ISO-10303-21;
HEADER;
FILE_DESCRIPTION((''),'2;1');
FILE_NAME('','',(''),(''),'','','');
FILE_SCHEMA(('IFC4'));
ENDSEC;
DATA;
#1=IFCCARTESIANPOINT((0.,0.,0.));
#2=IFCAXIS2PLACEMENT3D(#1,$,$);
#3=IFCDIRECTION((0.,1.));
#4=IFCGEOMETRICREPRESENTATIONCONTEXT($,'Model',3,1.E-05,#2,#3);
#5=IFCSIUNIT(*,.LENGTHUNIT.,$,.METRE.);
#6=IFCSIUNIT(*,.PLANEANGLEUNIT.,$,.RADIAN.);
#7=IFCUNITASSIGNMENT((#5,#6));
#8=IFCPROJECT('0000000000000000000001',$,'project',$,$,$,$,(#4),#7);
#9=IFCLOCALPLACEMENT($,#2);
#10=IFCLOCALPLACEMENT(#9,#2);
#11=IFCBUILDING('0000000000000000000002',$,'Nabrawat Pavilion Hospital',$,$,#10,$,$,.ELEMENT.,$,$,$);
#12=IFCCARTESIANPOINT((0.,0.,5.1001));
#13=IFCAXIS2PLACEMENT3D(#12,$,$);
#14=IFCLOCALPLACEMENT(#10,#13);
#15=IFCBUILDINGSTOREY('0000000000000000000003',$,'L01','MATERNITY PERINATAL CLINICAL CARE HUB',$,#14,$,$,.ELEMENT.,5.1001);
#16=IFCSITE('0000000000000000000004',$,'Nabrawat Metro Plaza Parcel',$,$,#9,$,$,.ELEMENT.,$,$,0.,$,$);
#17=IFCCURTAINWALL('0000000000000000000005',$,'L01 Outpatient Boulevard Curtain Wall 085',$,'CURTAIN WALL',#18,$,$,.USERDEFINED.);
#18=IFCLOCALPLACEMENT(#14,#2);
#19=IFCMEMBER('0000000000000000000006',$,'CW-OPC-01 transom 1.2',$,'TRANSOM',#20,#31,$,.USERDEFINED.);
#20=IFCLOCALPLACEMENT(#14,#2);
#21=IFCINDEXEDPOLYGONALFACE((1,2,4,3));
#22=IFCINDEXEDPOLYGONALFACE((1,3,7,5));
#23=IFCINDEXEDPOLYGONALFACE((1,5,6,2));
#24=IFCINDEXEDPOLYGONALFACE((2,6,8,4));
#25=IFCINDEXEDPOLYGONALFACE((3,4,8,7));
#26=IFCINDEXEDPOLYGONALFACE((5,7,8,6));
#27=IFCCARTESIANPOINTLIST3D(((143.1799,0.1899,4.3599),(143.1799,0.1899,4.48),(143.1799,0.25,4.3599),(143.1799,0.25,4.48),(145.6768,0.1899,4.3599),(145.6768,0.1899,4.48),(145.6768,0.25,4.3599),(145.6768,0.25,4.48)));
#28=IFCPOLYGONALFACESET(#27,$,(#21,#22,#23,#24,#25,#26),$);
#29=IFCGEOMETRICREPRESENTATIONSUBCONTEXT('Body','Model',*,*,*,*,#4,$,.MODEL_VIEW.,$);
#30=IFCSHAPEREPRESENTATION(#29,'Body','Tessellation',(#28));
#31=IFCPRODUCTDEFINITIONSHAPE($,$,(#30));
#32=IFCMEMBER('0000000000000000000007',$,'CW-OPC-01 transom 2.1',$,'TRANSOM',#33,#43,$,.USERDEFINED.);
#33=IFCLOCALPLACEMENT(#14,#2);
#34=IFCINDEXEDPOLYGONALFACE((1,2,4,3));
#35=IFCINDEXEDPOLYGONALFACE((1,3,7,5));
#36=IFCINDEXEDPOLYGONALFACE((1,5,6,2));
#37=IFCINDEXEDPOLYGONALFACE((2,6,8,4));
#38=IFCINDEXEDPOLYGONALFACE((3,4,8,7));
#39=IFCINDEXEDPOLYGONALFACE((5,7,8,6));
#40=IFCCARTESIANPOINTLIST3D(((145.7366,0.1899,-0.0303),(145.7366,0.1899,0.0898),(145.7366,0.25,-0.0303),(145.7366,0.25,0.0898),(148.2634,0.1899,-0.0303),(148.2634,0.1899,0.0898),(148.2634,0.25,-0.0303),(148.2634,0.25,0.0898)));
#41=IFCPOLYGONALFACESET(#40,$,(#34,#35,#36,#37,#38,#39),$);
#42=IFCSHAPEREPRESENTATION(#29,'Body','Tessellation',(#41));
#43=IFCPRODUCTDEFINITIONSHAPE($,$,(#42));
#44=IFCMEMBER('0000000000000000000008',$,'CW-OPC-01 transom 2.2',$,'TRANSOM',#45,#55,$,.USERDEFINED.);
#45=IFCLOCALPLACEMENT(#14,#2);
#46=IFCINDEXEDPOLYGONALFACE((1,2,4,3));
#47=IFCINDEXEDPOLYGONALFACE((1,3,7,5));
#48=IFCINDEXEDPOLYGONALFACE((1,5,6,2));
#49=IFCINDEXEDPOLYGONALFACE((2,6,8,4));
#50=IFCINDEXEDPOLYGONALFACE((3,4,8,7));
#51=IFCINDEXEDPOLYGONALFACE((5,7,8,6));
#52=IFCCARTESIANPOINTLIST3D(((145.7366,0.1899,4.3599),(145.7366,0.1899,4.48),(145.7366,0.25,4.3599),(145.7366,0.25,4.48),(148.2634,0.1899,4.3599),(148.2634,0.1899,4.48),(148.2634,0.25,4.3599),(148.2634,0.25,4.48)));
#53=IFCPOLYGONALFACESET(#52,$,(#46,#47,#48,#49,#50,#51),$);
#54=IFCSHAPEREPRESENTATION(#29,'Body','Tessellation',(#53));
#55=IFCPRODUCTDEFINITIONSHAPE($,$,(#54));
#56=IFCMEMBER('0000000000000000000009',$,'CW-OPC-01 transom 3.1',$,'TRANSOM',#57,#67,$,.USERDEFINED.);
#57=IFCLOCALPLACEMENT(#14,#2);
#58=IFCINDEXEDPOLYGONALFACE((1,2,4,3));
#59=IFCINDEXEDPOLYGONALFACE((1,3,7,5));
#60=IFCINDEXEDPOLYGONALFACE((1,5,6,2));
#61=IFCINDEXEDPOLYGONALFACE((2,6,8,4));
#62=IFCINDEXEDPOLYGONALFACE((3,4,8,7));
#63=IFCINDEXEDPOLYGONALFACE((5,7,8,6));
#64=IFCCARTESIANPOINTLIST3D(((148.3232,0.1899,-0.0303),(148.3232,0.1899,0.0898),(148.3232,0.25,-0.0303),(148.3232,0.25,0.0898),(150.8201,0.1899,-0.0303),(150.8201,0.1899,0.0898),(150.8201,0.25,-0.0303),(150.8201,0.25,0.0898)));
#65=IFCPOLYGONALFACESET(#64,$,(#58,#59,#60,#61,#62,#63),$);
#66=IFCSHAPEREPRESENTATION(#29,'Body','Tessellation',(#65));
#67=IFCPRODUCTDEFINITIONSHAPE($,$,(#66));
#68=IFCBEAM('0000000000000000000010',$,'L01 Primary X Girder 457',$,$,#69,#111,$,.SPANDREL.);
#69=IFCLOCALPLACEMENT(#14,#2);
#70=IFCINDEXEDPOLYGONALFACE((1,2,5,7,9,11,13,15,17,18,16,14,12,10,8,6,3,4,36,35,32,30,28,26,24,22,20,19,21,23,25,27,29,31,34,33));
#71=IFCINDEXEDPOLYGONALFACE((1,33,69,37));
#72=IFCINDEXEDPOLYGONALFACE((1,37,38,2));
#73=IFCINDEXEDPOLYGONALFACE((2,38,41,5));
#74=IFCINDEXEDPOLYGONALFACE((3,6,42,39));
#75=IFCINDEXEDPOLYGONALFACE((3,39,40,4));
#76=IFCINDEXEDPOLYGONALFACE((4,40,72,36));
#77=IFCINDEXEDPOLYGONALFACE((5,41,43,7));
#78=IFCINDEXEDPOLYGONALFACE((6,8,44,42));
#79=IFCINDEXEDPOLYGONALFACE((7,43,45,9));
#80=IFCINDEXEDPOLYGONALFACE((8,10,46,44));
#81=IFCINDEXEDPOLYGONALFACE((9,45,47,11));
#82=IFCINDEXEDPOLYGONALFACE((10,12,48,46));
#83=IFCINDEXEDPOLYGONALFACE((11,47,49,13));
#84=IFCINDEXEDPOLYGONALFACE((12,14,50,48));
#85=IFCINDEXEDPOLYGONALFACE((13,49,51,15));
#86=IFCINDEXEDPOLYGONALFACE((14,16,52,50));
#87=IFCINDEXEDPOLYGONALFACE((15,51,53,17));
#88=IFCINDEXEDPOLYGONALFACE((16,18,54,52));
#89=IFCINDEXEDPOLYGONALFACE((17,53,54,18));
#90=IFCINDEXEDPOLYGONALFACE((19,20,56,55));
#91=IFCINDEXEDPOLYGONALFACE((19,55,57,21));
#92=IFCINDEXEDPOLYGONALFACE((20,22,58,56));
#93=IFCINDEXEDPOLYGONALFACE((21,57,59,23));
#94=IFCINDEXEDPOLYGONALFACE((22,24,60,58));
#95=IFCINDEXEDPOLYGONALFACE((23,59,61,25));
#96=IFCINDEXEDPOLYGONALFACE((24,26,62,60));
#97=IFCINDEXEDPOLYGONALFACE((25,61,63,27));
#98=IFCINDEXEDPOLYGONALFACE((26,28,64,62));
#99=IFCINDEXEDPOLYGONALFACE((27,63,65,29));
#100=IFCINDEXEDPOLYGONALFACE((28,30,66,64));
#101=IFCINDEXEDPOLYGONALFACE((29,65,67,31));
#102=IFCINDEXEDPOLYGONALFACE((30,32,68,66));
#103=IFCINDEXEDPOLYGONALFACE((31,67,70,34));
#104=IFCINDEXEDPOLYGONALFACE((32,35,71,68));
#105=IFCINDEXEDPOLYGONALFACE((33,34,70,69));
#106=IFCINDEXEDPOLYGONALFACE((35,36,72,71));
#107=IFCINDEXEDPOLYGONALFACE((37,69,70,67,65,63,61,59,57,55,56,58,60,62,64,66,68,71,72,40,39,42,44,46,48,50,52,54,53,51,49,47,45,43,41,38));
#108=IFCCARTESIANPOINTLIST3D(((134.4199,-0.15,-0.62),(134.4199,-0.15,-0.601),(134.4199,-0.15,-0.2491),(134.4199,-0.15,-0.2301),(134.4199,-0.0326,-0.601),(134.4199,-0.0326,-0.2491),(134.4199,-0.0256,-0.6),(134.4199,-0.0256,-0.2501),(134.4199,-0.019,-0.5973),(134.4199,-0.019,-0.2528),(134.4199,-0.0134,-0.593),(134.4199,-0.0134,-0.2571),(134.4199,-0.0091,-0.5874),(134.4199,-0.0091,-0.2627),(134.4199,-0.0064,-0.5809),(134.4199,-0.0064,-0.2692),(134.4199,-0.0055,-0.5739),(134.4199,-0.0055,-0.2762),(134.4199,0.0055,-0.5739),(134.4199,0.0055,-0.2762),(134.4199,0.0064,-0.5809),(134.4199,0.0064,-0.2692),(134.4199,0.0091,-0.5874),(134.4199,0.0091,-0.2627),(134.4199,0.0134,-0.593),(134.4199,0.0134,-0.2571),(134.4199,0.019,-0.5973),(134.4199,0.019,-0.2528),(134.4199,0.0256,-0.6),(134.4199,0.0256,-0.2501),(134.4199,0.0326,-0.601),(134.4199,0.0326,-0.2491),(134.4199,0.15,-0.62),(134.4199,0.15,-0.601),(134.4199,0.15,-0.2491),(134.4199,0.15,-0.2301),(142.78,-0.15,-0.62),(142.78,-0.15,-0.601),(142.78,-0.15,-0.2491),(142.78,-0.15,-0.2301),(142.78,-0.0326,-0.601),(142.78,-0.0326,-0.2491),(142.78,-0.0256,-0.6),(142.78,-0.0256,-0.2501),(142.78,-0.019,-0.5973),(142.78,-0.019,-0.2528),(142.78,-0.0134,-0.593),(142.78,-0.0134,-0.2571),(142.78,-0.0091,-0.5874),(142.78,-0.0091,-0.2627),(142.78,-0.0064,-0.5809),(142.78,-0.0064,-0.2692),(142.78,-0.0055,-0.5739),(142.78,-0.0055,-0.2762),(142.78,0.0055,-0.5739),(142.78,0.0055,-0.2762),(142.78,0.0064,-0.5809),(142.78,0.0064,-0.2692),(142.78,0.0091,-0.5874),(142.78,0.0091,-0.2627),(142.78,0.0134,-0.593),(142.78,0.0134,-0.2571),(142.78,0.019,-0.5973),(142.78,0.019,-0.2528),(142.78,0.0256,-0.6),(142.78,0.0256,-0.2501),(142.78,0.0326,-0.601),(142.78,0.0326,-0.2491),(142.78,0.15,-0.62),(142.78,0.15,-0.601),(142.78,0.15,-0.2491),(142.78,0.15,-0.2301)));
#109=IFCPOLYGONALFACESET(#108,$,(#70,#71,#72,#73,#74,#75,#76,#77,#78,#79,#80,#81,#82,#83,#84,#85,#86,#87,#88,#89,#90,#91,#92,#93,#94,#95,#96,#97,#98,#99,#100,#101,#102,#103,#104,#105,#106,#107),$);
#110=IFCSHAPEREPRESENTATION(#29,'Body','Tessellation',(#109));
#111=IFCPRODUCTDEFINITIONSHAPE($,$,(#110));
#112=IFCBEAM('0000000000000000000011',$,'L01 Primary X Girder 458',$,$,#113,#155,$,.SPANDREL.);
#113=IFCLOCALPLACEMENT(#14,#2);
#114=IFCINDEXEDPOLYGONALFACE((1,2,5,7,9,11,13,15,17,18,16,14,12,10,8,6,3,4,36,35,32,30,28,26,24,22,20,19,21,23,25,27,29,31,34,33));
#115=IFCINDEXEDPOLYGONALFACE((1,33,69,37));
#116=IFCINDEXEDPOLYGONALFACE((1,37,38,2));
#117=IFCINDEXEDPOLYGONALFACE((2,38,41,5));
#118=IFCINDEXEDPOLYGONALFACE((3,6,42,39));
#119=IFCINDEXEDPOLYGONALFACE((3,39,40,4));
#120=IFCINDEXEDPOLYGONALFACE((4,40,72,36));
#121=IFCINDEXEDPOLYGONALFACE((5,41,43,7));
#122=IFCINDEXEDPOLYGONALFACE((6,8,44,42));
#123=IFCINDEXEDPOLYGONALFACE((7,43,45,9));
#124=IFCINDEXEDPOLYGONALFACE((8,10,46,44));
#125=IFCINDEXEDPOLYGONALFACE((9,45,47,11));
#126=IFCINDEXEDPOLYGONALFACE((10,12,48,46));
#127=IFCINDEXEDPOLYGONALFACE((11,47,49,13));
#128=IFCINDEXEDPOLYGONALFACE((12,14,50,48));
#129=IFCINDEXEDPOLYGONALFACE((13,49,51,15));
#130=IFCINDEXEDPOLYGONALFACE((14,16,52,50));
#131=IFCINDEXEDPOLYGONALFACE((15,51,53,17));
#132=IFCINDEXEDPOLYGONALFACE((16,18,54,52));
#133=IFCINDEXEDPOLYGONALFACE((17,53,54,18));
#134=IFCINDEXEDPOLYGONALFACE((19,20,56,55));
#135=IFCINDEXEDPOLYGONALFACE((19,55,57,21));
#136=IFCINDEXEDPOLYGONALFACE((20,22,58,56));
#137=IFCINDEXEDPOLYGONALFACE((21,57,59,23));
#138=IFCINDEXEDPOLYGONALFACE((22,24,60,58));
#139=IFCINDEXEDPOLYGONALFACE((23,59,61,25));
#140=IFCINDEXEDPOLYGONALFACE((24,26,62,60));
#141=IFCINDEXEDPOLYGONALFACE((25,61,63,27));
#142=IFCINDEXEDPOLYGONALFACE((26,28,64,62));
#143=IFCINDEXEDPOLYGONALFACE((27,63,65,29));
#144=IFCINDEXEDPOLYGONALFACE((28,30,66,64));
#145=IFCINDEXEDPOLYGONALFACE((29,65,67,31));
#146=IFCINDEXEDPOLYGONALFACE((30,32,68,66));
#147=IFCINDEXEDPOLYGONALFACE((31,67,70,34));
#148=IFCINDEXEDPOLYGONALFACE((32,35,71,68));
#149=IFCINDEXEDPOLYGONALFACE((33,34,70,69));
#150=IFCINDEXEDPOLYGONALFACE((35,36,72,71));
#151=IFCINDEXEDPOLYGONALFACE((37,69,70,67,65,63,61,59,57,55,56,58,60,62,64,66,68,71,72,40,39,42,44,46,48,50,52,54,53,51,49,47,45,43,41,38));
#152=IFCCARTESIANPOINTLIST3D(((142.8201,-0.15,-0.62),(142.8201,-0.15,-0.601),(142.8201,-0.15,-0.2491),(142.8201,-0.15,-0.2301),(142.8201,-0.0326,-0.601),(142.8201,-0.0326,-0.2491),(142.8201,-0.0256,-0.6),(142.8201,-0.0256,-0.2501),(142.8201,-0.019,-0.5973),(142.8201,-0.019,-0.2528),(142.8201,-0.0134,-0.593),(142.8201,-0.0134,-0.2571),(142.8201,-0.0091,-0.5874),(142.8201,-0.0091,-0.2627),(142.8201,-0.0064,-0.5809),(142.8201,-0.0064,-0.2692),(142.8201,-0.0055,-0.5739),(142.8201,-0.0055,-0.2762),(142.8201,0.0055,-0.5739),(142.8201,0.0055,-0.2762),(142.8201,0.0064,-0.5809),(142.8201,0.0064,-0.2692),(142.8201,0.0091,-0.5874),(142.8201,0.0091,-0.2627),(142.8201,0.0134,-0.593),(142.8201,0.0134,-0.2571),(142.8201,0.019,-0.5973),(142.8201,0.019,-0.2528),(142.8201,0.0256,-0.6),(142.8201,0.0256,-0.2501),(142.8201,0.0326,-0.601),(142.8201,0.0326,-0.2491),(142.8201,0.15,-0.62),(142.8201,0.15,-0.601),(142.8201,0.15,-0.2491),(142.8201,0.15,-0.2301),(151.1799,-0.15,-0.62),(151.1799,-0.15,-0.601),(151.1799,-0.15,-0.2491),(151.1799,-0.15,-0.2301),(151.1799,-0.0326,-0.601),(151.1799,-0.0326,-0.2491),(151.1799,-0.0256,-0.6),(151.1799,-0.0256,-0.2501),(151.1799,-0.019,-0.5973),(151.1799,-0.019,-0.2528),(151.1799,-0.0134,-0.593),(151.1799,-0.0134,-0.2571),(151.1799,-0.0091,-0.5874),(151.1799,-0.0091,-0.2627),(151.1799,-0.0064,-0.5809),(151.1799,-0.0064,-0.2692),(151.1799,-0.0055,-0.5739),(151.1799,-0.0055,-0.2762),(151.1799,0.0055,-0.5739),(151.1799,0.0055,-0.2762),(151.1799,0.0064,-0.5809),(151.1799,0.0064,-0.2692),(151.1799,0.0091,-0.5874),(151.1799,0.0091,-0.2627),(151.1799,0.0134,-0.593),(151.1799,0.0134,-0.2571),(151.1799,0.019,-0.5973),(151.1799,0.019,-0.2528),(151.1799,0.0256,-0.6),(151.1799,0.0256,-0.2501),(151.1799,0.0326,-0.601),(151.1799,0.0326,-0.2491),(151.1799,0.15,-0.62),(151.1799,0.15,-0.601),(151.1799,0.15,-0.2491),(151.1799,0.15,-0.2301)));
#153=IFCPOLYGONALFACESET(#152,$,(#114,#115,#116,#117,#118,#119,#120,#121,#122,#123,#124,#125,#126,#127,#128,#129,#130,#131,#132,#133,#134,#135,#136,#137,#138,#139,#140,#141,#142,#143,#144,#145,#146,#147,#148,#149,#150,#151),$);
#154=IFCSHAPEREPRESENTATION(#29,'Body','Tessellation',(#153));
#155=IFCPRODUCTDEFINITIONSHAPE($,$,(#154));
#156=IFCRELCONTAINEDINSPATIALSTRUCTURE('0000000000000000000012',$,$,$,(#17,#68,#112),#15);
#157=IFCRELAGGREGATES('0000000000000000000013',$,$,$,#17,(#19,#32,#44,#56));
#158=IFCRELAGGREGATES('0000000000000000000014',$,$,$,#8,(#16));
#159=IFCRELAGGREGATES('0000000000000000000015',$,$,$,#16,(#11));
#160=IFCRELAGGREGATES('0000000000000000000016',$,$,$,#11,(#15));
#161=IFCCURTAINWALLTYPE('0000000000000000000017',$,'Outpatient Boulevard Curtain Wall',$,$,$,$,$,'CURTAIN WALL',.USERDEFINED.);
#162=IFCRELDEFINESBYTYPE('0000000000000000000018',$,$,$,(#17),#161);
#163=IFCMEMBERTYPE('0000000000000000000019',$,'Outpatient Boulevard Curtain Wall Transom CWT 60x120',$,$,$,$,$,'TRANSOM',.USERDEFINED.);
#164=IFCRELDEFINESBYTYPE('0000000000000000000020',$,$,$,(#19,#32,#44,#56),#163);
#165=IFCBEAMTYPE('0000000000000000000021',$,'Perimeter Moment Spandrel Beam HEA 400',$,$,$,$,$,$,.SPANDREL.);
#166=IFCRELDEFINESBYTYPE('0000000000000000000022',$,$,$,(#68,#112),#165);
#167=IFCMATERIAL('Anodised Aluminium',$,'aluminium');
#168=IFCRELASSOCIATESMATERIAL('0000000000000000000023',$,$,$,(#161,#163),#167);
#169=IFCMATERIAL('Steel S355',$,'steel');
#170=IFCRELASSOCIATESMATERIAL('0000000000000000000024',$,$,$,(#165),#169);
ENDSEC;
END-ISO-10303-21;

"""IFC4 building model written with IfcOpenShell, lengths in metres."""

from ifc_helpers import new_model, si_unit, direction, frame, origin, origin_2d, place, context, subcontext, project, spatial, rectangle, i_section, extrude, material, material_profile, profile_set, type_object, element, aggregate, save


model = new_model("IFC4")

# Units and contexts
model_context = context("Model", 3, precision=1e-05, world=origin(), true_north=direction((0.0, 1.0)))
body_context = subcontext(model_context, "Body", "Model", "MODEL_VIEW")
ifc_project = project(units=[si_unit("LENGTHUNIT", "METRE"), si_unit("PLANEANGLEUNIT", "RADIAN")], contexts=[model_context])

# Site, building, storey
site_placement = place(None, origin())
site = spatial("IfcSite", under=ifc_project, at=site_placement, Name="Nabrawat Metro Plaza Parcel", CompositionType="ELEMENT", RefElevation=0.0)
building_placement = place(site_placement, origin())
building = spatial("IfcBuilding", under=site, at=building_placement, Name="Nabrawat Pavilion Hospital", CompositionType="ELEMENT")
storey_placement = place(building_placement, frame((0.0, 0.0, 5.1001)))
storey = spatial("IfcBuildingStorey", under=building, at=storey_placement, Name="L01", Description="MATERNITY PERINATAL CLINICAL CARE HUB", CompositionType="ELEMENT", Elevation=5.1001)

# Shared definitions
ifc_material_1 = material(Name="Steel S355", Category="steel")

# Curtain wall, members
ifc_material_2 = material(Name="Anodised Aluminium", Category="aluminium")
curtain_wall_type = type_object("IfcCurtainWallType", Name="Outpatient Boulevard Curtain Wall", ElementType="CURTAIN WALL", PredefinedType="USERDEFINED", material=ifc_material_2)
curtain_wall_placement = place(storey_placement, origin())
curtain_wall = element("IfcCurtainWall", 1, at=curtain_wall_placement, inside=storey, type_object=curtain_wall_type, Name="L01 Outpatient Boulevard Curtain Wall 085", ObjectType="CURTAIN WALL", PredefinedType="USERDEFINED")
ifc_material_profile_1 = material_profile(ifc_material_2, rectangle(XDim=0.0601, YDim=0.1201, at=origin_2d()), Name="CWT 60x120")
ifc_profile_set_1 = profile_set([ifc_material_profile_1], Name="Anodised Aluminium")
member_type_1 = type_object("IfcMemberType", Name="Outpatient Boulevard Curtain Wall Transom CWT 60x120", ElementType="TRANSOM", PredefinedType="USERDEFINED", material=ifc_profile_set_1)
member_1_placement = place(storey_placement, frame((143.1799, 0.22, 4.4199), z_axis=(1.0, 0.0, 0.0), x_axis=(0.0, 1.0, 0.0)))
member_1 = element("IfcMember", 2, at=member_1_placement, type_object=member_type_1, Name="CW-OPC-01 transom 1.2", ObjectType="TRANSOM", PredefinedType="USERDEFINED", context=body_context, shape_type="SweptSolid", body=[
    extrude(rectangle(XDim=0.0601, YDim=0.1201, at=origin_2d()), origin(), (0.0, 0.0, 1.0), 2.4968),
])
member_2_placement = place(storey_placement, frame((145.7366, 0.22, 0.0298), z_axis=(1.0, 0.0, 0.0), x_axis=(0.0, 1.0, 0.0)))
member_2 = element("IfcMember", 3, at=member_2_placement, type_object=member_type_1, Name="CW-OPC-01 transom 2.1", ObjectType="TRANSOM", PredefinedType="USERDEFINED", context=body_context, shape_type="SweptSolid", body=[
    extrude(rectangle(XDim=0.0601, YDim=0.1201, at=origin_2d()), origin(), (0.0, 0.0, 1.0), 2.5269),
])
member_3_placement = place(storey_placement, frame((145.7366, 0.22, 4.4199), z_axis=(1.0, 0.0, 0.0), x_axis=(0.0, 1.0, 0.0)))
member_3 = element("IfcMember", 4, at=member_3_placement, type_object=member_type_1, Name="CW-OPC-01 transom 2.2", ObjectType="TRANSOM", PredefinedType="USERDEFINED", context=body_context, shape_type="SweptSolid", body=[
    extrude(rectangle(XDim=0.0601, YDim=0.1201, at=origin_2d()), origin(), (0.0, 0.0, 1.0), 2.5269),
])
member_4_placement = place(storey_placement, frame((148.3232, 0.22, 0.0298), z_axis=(1.0, 0.0, 0.0), x_axis=(0.0, 1.0, 0.0)))
member_4 = element("IfcMember", 5, at=member_4_placement, type_object=member_type_1, Name="CW-OPC-01 transom 3.1", ObjectType="TRANSOM", PredefinedType="USERDEFINED", context=body_context, shape_type="SweptSolid", body=[
    extrude(rectangle(XDim=0.0601, YDim=0.1201, at=origin_2d()), origin(), (0.0, 0.0, 1.0), 2.4968),
])

# Beams
ifc_material_profile_2 = material_profile(ifc_material_1, i_section(OverallWidth=0.3, OverallDepth=0.3899, WebThickness=0.011, FlangeThickness=0.019, FilletRadius=0.0271, at=origin_2d()), Name="HEA 400")
ifc_profile_set_2 = profile_set([ifc_material_profile_2], Name="Steel S355")
beam_type_1 = type_object("IfcBeamType", Name="Perimeter Moment Spandrel Beam HEA 400", PredefinedType="SPANDREL", material=ifc_profile_set_2)
beam_1_placement = place(storey_placement, frame((134.4199, 0.0, -0.425), z_axis=(1.0, 0.0, 0.0), x_axis=(0.0, 1.0, 0.0)))
element("IfcBeam", 6, at=beam_1_placement, inside=storey, type_object=beam_type_1, Name="L01 Primary X Girder 457", PredefinedType="SPANDREL", context=body_context, shape_type="SweptSolid", body=[
    extrude(i_section(OverallWidth=0.3, OverallDepth=0.3899, WebThickness=0.011, FlangeThickness=0.019, FilletRadius=0.0271, at=origin_2d()), origin(), (0.0, 0.0, 1.0), 8.3601),
])
beam_2_placement = place(storey_placement, frame((142.8201, 0.0, -0.425), z_axis=(1.0, 0.0, 0.0), x_axis=(0.0, 1.0, 0.0)))
element("IfcBeam", 7, at=beam_2_placement, inside=storey, type_object=beam_type_1, Name="L01 Primary X Girder 458", PredefinedType="SPANDREL", context=body_context, shape_type="SweptSolid", body=[
    extrude(i_section(OverallWidth=0.3, OverallDepth=0.3899, WebThickness=0.011, FlangeThickness=0.019, FilletRadius=0.0271, at=origin_2d()), origin(), (0.0, 0.0, 1.0), 8.3599),
])

aggregate(curtain_wall, [member_1, member_2, member_3, member_4])

save(model, "model.ifc")
